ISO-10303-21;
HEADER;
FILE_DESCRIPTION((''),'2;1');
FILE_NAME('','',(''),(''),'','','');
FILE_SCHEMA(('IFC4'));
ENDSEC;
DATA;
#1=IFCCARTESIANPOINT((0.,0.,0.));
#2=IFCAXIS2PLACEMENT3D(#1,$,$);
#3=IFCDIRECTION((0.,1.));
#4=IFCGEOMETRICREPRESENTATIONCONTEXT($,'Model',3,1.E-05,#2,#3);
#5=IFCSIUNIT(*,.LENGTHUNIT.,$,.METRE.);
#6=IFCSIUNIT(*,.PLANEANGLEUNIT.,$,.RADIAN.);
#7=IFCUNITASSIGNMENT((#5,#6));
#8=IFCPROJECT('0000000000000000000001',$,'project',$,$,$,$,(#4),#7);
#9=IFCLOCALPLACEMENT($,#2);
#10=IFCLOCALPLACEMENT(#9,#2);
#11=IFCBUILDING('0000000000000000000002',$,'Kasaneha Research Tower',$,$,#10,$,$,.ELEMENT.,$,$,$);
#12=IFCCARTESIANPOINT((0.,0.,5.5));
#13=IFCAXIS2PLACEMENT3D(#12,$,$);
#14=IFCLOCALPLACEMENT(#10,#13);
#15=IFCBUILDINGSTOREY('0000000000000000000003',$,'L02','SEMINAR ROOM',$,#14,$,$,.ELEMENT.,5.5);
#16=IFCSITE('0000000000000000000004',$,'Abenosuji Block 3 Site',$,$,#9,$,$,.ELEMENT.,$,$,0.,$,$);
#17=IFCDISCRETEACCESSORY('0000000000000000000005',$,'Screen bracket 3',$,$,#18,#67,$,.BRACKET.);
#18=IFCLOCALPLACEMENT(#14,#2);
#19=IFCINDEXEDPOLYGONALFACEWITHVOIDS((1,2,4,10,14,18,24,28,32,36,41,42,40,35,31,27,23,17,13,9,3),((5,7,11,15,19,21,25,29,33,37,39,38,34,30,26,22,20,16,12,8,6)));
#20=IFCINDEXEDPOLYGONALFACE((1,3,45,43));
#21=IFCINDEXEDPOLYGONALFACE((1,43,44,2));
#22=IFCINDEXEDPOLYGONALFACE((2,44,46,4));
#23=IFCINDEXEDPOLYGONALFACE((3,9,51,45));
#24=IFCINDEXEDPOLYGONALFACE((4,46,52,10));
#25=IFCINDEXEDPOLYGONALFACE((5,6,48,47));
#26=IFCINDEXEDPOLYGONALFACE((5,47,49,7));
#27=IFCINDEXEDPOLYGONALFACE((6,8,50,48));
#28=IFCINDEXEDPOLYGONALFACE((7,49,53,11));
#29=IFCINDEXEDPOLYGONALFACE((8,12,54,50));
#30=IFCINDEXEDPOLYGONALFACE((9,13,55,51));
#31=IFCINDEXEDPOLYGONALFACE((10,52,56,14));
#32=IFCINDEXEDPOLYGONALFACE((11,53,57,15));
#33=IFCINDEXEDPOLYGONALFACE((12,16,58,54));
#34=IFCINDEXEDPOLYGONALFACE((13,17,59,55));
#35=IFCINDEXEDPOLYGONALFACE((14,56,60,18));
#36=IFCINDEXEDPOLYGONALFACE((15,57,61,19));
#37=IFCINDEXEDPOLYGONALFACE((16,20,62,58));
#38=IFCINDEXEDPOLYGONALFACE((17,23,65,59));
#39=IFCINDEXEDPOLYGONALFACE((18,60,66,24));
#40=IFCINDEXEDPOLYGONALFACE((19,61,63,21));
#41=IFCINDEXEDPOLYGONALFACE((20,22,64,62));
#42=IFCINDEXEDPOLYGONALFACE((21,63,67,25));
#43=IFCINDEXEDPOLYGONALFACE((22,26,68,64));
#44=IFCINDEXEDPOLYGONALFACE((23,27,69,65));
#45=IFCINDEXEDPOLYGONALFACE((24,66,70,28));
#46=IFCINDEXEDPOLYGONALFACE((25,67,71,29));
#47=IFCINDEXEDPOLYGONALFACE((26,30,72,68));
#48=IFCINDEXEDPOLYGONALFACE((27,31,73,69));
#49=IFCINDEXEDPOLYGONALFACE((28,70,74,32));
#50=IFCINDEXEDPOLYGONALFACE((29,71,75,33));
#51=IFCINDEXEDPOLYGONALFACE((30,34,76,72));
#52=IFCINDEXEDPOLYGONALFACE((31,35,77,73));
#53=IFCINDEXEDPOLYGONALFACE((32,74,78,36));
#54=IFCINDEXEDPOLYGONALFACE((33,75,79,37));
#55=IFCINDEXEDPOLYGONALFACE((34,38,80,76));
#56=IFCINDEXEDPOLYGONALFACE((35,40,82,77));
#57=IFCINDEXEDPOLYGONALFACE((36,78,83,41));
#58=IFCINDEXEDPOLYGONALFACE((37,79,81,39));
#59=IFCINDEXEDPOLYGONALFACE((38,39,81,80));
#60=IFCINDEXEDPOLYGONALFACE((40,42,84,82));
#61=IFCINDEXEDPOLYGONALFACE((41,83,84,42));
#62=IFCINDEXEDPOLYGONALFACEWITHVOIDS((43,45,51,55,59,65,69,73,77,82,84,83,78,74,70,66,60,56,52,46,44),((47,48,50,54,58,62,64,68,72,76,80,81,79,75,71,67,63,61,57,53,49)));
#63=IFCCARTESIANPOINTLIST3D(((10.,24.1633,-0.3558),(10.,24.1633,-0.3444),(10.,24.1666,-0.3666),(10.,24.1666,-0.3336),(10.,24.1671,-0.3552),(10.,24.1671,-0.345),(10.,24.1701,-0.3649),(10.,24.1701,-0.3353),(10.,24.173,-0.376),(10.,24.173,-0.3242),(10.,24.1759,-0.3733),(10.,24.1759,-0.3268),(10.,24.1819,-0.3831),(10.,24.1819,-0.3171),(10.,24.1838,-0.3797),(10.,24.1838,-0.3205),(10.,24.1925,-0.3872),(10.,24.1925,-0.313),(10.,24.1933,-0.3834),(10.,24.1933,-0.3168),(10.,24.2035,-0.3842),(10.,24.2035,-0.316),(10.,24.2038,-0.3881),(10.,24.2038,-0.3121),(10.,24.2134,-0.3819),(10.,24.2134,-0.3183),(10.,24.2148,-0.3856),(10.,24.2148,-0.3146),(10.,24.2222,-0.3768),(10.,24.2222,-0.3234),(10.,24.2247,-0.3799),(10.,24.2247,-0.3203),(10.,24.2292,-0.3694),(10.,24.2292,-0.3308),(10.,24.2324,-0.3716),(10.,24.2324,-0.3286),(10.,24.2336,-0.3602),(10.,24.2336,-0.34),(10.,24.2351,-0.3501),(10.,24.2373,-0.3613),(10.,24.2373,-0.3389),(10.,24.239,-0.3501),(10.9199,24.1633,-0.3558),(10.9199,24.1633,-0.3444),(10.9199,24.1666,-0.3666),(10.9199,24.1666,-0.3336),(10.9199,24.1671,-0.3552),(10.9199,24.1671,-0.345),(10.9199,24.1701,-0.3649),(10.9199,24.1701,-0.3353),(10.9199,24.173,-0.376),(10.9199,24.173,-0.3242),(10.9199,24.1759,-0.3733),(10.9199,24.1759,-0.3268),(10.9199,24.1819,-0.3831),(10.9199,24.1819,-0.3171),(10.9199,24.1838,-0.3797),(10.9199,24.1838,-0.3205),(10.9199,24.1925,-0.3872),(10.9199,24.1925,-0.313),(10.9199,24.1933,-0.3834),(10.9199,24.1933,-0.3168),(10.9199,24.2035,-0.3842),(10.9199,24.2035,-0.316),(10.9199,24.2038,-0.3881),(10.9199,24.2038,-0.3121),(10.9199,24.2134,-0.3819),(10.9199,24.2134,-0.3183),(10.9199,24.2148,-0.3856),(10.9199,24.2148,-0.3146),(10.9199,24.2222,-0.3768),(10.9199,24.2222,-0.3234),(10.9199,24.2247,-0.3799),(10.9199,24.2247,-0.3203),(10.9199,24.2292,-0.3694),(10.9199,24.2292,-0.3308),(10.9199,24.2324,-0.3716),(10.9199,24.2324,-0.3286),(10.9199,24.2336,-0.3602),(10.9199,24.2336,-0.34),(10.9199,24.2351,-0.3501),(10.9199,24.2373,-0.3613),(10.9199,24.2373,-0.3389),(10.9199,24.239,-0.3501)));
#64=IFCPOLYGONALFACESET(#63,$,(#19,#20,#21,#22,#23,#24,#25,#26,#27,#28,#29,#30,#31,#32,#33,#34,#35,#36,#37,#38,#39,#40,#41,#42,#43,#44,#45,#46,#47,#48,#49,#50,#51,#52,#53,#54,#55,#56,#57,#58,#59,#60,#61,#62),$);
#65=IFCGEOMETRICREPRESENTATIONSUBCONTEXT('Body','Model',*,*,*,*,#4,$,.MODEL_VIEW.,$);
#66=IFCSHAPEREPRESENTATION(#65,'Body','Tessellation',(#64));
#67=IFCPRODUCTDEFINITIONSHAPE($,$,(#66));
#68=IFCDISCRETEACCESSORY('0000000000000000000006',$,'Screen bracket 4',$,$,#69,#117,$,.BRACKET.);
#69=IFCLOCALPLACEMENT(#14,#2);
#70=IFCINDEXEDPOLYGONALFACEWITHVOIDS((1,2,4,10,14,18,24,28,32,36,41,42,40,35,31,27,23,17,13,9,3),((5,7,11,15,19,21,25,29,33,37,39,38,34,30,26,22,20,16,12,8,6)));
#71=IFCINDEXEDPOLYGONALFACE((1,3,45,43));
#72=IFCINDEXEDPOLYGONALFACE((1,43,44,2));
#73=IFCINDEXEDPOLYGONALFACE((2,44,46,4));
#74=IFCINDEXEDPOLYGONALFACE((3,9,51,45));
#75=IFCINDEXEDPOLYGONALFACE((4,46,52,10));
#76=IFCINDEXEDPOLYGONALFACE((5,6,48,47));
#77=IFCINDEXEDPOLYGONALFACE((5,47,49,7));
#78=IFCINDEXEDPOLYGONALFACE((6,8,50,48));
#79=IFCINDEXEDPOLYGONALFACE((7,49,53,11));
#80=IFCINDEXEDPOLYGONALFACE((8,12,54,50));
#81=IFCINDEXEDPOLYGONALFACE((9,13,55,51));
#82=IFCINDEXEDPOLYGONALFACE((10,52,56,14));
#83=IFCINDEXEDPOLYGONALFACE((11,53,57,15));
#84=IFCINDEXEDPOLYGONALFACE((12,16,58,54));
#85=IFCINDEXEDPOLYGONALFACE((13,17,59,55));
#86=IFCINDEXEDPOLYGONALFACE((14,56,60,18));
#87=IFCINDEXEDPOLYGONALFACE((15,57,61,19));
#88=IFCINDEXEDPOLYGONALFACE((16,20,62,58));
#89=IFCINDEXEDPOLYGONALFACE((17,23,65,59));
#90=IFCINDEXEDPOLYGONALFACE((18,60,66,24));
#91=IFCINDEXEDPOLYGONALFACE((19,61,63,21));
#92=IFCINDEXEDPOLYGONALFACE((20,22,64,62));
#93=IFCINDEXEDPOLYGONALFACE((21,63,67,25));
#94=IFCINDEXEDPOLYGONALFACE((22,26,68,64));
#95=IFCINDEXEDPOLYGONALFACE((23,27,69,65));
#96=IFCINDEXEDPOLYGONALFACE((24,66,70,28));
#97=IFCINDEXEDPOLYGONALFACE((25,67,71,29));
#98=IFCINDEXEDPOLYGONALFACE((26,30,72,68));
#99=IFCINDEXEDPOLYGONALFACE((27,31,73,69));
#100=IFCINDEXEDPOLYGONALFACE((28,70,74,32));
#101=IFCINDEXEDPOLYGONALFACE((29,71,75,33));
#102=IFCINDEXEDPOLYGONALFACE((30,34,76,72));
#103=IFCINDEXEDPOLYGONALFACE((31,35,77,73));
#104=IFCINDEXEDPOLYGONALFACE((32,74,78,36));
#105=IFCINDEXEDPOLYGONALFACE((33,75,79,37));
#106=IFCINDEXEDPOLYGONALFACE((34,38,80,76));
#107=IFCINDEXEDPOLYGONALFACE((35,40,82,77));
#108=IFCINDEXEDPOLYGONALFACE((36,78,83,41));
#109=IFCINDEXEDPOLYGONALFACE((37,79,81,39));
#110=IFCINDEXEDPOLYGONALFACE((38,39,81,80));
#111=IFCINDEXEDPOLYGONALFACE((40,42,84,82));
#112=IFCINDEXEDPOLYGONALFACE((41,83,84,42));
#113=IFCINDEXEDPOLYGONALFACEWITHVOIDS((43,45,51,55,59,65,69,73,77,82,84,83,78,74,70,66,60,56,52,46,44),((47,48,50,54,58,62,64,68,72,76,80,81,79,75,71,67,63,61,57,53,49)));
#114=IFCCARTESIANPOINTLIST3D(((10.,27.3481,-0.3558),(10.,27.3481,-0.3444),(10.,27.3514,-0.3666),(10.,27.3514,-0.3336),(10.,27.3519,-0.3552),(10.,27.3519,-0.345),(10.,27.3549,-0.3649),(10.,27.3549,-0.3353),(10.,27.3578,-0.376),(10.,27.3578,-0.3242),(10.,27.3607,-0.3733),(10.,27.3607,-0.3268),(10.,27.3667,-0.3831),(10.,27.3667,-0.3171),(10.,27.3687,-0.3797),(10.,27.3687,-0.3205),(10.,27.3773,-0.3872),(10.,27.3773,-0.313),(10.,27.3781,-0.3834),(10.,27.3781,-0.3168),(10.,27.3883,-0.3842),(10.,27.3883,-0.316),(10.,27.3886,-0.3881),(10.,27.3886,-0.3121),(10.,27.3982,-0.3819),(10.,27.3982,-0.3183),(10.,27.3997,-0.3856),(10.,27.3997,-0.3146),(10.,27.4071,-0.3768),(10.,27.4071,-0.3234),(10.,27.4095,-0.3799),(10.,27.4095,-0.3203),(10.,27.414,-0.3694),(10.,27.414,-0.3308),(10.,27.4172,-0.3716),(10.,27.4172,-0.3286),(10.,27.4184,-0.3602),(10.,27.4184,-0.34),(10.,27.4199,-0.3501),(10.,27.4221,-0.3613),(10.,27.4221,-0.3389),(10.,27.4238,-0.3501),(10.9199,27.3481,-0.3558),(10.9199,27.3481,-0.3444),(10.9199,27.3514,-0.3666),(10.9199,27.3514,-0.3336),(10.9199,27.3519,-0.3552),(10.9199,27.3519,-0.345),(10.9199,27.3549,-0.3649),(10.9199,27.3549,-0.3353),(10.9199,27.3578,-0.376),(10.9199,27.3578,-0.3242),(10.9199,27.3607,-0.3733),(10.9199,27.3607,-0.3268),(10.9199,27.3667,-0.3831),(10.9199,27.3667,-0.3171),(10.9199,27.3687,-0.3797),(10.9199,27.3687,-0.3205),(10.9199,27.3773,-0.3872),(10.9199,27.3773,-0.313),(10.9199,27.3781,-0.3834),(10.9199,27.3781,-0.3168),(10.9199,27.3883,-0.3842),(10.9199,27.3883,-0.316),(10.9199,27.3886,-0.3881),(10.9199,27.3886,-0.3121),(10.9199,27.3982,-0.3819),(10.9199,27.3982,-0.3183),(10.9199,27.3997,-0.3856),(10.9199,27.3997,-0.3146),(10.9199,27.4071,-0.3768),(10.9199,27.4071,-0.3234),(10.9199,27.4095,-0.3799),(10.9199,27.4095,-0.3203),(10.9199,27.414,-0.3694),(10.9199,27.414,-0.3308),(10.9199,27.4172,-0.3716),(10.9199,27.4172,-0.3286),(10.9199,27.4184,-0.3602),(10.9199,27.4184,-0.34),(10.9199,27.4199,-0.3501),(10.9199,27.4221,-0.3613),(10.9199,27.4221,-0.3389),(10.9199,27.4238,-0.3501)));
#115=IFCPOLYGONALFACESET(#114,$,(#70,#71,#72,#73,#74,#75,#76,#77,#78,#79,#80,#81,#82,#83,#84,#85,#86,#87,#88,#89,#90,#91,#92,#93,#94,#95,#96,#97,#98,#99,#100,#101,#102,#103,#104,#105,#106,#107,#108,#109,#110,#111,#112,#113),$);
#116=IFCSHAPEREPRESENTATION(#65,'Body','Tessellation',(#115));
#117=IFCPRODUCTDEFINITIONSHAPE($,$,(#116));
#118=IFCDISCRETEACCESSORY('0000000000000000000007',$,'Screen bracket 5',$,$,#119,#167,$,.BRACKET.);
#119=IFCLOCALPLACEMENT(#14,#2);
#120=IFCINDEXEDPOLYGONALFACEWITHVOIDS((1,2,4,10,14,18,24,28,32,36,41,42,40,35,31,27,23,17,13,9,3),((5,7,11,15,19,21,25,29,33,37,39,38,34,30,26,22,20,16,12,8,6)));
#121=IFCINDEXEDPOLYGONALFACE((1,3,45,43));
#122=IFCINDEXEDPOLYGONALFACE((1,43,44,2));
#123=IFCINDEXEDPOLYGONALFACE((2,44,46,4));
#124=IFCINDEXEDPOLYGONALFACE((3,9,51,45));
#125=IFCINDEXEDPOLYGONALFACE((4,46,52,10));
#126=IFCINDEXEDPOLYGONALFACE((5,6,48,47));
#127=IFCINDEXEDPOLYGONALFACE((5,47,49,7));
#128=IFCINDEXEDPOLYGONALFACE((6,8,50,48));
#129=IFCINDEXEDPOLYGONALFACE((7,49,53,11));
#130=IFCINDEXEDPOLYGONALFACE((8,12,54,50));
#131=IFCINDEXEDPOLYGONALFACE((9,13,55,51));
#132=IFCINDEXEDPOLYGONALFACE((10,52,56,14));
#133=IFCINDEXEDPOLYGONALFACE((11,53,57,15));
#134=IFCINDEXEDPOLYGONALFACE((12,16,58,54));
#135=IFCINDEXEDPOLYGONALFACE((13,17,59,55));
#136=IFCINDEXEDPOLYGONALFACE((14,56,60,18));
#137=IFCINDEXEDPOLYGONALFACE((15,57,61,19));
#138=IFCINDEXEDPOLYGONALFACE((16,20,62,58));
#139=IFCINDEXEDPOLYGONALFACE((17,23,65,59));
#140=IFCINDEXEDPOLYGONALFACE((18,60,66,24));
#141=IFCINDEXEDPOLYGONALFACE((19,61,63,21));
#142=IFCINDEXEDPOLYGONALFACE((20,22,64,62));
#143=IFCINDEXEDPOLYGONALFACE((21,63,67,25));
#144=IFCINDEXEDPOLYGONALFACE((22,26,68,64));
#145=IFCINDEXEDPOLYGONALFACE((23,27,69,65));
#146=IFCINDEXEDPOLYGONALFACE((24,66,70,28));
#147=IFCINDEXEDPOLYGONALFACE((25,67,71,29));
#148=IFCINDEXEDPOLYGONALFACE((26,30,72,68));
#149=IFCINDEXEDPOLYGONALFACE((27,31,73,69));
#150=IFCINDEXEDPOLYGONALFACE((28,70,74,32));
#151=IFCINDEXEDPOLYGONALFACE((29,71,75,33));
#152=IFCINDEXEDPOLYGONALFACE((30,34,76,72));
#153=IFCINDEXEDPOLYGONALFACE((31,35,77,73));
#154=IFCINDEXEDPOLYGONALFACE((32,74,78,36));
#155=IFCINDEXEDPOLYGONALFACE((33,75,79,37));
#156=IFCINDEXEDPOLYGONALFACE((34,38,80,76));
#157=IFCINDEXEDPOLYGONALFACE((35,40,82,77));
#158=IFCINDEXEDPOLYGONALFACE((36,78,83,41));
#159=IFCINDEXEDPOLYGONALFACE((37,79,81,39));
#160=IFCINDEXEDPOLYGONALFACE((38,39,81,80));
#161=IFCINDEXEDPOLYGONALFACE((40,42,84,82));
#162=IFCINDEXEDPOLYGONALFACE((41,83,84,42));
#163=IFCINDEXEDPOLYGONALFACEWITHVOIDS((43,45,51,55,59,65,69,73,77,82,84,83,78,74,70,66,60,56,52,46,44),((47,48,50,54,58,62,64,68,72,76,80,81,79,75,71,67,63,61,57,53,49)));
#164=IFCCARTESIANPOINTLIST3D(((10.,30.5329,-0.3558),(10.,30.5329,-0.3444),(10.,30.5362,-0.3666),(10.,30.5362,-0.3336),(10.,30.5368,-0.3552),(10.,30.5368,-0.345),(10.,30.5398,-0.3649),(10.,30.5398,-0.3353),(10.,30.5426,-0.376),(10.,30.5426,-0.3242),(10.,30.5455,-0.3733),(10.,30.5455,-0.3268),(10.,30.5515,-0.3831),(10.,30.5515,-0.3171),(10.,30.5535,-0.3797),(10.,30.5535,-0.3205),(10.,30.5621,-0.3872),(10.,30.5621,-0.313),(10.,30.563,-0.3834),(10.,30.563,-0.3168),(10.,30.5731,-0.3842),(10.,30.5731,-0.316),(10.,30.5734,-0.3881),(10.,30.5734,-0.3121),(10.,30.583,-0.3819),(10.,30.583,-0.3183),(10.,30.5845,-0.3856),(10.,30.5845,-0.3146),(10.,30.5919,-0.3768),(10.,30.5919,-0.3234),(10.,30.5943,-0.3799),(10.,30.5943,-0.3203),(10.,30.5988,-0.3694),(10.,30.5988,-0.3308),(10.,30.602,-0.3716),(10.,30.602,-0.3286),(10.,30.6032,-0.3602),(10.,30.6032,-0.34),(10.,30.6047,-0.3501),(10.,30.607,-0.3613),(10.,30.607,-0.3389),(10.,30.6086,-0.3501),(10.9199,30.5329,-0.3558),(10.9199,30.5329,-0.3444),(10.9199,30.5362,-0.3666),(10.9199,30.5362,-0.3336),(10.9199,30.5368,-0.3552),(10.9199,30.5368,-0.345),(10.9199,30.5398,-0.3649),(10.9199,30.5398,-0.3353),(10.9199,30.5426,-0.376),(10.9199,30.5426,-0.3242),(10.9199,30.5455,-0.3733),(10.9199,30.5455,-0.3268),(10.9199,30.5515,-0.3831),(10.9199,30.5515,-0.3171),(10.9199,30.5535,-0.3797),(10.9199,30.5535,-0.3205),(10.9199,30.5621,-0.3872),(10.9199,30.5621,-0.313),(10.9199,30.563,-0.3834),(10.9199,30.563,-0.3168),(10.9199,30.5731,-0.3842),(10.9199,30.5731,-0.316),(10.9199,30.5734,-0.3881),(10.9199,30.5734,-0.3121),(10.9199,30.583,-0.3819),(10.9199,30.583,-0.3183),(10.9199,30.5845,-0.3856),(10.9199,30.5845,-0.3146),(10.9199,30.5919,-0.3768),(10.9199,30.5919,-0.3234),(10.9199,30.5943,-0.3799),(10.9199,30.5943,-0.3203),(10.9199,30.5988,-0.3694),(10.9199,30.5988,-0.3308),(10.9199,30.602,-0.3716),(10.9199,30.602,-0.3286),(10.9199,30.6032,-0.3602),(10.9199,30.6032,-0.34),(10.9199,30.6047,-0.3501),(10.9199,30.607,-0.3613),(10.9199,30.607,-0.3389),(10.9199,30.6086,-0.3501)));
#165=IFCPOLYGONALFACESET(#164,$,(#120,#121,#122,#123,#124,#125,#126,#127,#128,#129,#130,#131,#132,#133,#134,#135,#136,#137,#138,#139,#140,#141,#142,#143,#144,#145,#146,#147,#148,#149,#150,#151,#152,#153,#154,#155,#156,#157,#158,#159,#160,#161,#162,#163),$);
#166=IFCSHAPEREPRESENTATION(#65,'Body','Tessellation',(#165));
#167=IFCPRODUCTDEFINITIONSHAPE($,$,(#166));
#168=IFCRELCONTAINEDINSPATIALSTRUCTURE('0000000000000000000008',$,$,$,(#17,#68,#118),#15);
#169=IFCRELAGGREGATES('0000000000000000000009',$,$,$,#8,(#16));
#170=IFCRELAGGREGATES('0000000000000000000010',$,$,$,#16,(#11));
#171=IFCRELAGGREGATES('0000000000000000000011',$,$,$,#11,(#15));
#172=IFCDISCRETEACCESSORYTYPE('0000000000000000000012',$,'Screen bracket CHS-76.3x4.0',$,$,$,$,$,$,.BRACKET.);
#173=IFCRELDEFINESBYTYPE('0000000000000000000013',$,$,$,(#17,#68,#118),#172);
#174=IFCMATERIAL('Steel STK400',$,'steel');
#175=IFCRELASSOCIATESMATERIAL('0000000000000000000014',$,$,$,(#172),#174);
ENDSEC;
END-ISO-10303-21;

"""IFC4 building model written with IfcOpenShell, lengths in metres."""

from ifc_helpers import new_model, si_unit, direction, frame, origin, origin_2d, place, context, subcontext, project, spatial, hollow_circle, extrude, material, material_profile, profile_set, type_object, element, save


model = new_model("IFC4")

# Units and contexts
model_context = context("Model", 3, precision=1e-05, world=origin(), true_north=direction((0.0, 1.0)))
body_context = subcontext(model_context, "Body", "Model", "MODEL_VIEW")
ifc_project = project(units=[si_unit("LENGTHUNIT", "METRE"), si_unit("PLANEANGLEUNIT", "RADIAN")], contexts=[model_context])

# Site, building, storey
site_placement = place(None, origin())
site = spatial("IfcSite", under=ifc_project, at=site_placement, Name="Abenosuji Block 3 Site", CompositionType="ELEMENT", RefElevation=0.0)
building_placement = place(site_placement, origin())
building = spatial("IfcBuilding", under=site, at=building_placement, Name="Kasaneha Research Tower", CompositionType="ELEMENT")
storey_placement = place(building_placement, frame((0.0, 0.0, 5.5)))
storey = spatial("IfcBuildingStorey", under=building, at=storey_placement, Name="L02", Description="SEMINAR ROOM", CompositionType="ELEMENT", Elevation=5.5)

# Discrete accessories
ifc_material_1 = material(Name="Steel STK400", Category="steel")
ifc_material_profile_1 = material_profile(ifc_material_1, hollow_circle(Radius=0.0381, WallThickness=0.0039, at=origin_2d()), Name="CHS-76.3x4.0")
ifc_profile_set_1 = profile_set([ifc_material_profile_1], Name="Steel STK400")
discrete_accessory_type = type_object("IfcDiscreteAccessoryType", Name="Screen bracket CHS-76.3x4.0", PredefinedType="BRACKET", material=ifc_profile_set_1)
for number, where, z_axis, x_axis, name in (
    (1, (10.0, 24.2009, -0.3501), (1.0, 0.0, 0.0), (0.0, 1.0, 0.0), "Screen bracket 3"),
    (2, (10.0, 27.3857, -0.3501), (1.0, 0.0, 0.0), (0.0, 1.0, 0.0), "Screen bracket 4"),
    (3, (10.0, 30.5706, -0.3501), (1.0, 0.0, 0.0), (0.0, 1.0, 0.0), "Screen bracket 5"),
):
    element("IfcDiscreteAccessory", number, at=place(storey_placement, frame(where, z_axis=z_axis, x_axis=x_axis)), inside=storey, type_object=discrete_accessory_type, Name=name, PredefinedType="BRACKET", context=body_context, shape_type="SweptSolid", body=[
        extrude(hollow_circle(Radius=0.0381, WallThickness=0.0039, at=origin_2d()), origin(), (0.0, 0.0, 1.0), 0.9199),
    ])

save(model, "model.ifc")
